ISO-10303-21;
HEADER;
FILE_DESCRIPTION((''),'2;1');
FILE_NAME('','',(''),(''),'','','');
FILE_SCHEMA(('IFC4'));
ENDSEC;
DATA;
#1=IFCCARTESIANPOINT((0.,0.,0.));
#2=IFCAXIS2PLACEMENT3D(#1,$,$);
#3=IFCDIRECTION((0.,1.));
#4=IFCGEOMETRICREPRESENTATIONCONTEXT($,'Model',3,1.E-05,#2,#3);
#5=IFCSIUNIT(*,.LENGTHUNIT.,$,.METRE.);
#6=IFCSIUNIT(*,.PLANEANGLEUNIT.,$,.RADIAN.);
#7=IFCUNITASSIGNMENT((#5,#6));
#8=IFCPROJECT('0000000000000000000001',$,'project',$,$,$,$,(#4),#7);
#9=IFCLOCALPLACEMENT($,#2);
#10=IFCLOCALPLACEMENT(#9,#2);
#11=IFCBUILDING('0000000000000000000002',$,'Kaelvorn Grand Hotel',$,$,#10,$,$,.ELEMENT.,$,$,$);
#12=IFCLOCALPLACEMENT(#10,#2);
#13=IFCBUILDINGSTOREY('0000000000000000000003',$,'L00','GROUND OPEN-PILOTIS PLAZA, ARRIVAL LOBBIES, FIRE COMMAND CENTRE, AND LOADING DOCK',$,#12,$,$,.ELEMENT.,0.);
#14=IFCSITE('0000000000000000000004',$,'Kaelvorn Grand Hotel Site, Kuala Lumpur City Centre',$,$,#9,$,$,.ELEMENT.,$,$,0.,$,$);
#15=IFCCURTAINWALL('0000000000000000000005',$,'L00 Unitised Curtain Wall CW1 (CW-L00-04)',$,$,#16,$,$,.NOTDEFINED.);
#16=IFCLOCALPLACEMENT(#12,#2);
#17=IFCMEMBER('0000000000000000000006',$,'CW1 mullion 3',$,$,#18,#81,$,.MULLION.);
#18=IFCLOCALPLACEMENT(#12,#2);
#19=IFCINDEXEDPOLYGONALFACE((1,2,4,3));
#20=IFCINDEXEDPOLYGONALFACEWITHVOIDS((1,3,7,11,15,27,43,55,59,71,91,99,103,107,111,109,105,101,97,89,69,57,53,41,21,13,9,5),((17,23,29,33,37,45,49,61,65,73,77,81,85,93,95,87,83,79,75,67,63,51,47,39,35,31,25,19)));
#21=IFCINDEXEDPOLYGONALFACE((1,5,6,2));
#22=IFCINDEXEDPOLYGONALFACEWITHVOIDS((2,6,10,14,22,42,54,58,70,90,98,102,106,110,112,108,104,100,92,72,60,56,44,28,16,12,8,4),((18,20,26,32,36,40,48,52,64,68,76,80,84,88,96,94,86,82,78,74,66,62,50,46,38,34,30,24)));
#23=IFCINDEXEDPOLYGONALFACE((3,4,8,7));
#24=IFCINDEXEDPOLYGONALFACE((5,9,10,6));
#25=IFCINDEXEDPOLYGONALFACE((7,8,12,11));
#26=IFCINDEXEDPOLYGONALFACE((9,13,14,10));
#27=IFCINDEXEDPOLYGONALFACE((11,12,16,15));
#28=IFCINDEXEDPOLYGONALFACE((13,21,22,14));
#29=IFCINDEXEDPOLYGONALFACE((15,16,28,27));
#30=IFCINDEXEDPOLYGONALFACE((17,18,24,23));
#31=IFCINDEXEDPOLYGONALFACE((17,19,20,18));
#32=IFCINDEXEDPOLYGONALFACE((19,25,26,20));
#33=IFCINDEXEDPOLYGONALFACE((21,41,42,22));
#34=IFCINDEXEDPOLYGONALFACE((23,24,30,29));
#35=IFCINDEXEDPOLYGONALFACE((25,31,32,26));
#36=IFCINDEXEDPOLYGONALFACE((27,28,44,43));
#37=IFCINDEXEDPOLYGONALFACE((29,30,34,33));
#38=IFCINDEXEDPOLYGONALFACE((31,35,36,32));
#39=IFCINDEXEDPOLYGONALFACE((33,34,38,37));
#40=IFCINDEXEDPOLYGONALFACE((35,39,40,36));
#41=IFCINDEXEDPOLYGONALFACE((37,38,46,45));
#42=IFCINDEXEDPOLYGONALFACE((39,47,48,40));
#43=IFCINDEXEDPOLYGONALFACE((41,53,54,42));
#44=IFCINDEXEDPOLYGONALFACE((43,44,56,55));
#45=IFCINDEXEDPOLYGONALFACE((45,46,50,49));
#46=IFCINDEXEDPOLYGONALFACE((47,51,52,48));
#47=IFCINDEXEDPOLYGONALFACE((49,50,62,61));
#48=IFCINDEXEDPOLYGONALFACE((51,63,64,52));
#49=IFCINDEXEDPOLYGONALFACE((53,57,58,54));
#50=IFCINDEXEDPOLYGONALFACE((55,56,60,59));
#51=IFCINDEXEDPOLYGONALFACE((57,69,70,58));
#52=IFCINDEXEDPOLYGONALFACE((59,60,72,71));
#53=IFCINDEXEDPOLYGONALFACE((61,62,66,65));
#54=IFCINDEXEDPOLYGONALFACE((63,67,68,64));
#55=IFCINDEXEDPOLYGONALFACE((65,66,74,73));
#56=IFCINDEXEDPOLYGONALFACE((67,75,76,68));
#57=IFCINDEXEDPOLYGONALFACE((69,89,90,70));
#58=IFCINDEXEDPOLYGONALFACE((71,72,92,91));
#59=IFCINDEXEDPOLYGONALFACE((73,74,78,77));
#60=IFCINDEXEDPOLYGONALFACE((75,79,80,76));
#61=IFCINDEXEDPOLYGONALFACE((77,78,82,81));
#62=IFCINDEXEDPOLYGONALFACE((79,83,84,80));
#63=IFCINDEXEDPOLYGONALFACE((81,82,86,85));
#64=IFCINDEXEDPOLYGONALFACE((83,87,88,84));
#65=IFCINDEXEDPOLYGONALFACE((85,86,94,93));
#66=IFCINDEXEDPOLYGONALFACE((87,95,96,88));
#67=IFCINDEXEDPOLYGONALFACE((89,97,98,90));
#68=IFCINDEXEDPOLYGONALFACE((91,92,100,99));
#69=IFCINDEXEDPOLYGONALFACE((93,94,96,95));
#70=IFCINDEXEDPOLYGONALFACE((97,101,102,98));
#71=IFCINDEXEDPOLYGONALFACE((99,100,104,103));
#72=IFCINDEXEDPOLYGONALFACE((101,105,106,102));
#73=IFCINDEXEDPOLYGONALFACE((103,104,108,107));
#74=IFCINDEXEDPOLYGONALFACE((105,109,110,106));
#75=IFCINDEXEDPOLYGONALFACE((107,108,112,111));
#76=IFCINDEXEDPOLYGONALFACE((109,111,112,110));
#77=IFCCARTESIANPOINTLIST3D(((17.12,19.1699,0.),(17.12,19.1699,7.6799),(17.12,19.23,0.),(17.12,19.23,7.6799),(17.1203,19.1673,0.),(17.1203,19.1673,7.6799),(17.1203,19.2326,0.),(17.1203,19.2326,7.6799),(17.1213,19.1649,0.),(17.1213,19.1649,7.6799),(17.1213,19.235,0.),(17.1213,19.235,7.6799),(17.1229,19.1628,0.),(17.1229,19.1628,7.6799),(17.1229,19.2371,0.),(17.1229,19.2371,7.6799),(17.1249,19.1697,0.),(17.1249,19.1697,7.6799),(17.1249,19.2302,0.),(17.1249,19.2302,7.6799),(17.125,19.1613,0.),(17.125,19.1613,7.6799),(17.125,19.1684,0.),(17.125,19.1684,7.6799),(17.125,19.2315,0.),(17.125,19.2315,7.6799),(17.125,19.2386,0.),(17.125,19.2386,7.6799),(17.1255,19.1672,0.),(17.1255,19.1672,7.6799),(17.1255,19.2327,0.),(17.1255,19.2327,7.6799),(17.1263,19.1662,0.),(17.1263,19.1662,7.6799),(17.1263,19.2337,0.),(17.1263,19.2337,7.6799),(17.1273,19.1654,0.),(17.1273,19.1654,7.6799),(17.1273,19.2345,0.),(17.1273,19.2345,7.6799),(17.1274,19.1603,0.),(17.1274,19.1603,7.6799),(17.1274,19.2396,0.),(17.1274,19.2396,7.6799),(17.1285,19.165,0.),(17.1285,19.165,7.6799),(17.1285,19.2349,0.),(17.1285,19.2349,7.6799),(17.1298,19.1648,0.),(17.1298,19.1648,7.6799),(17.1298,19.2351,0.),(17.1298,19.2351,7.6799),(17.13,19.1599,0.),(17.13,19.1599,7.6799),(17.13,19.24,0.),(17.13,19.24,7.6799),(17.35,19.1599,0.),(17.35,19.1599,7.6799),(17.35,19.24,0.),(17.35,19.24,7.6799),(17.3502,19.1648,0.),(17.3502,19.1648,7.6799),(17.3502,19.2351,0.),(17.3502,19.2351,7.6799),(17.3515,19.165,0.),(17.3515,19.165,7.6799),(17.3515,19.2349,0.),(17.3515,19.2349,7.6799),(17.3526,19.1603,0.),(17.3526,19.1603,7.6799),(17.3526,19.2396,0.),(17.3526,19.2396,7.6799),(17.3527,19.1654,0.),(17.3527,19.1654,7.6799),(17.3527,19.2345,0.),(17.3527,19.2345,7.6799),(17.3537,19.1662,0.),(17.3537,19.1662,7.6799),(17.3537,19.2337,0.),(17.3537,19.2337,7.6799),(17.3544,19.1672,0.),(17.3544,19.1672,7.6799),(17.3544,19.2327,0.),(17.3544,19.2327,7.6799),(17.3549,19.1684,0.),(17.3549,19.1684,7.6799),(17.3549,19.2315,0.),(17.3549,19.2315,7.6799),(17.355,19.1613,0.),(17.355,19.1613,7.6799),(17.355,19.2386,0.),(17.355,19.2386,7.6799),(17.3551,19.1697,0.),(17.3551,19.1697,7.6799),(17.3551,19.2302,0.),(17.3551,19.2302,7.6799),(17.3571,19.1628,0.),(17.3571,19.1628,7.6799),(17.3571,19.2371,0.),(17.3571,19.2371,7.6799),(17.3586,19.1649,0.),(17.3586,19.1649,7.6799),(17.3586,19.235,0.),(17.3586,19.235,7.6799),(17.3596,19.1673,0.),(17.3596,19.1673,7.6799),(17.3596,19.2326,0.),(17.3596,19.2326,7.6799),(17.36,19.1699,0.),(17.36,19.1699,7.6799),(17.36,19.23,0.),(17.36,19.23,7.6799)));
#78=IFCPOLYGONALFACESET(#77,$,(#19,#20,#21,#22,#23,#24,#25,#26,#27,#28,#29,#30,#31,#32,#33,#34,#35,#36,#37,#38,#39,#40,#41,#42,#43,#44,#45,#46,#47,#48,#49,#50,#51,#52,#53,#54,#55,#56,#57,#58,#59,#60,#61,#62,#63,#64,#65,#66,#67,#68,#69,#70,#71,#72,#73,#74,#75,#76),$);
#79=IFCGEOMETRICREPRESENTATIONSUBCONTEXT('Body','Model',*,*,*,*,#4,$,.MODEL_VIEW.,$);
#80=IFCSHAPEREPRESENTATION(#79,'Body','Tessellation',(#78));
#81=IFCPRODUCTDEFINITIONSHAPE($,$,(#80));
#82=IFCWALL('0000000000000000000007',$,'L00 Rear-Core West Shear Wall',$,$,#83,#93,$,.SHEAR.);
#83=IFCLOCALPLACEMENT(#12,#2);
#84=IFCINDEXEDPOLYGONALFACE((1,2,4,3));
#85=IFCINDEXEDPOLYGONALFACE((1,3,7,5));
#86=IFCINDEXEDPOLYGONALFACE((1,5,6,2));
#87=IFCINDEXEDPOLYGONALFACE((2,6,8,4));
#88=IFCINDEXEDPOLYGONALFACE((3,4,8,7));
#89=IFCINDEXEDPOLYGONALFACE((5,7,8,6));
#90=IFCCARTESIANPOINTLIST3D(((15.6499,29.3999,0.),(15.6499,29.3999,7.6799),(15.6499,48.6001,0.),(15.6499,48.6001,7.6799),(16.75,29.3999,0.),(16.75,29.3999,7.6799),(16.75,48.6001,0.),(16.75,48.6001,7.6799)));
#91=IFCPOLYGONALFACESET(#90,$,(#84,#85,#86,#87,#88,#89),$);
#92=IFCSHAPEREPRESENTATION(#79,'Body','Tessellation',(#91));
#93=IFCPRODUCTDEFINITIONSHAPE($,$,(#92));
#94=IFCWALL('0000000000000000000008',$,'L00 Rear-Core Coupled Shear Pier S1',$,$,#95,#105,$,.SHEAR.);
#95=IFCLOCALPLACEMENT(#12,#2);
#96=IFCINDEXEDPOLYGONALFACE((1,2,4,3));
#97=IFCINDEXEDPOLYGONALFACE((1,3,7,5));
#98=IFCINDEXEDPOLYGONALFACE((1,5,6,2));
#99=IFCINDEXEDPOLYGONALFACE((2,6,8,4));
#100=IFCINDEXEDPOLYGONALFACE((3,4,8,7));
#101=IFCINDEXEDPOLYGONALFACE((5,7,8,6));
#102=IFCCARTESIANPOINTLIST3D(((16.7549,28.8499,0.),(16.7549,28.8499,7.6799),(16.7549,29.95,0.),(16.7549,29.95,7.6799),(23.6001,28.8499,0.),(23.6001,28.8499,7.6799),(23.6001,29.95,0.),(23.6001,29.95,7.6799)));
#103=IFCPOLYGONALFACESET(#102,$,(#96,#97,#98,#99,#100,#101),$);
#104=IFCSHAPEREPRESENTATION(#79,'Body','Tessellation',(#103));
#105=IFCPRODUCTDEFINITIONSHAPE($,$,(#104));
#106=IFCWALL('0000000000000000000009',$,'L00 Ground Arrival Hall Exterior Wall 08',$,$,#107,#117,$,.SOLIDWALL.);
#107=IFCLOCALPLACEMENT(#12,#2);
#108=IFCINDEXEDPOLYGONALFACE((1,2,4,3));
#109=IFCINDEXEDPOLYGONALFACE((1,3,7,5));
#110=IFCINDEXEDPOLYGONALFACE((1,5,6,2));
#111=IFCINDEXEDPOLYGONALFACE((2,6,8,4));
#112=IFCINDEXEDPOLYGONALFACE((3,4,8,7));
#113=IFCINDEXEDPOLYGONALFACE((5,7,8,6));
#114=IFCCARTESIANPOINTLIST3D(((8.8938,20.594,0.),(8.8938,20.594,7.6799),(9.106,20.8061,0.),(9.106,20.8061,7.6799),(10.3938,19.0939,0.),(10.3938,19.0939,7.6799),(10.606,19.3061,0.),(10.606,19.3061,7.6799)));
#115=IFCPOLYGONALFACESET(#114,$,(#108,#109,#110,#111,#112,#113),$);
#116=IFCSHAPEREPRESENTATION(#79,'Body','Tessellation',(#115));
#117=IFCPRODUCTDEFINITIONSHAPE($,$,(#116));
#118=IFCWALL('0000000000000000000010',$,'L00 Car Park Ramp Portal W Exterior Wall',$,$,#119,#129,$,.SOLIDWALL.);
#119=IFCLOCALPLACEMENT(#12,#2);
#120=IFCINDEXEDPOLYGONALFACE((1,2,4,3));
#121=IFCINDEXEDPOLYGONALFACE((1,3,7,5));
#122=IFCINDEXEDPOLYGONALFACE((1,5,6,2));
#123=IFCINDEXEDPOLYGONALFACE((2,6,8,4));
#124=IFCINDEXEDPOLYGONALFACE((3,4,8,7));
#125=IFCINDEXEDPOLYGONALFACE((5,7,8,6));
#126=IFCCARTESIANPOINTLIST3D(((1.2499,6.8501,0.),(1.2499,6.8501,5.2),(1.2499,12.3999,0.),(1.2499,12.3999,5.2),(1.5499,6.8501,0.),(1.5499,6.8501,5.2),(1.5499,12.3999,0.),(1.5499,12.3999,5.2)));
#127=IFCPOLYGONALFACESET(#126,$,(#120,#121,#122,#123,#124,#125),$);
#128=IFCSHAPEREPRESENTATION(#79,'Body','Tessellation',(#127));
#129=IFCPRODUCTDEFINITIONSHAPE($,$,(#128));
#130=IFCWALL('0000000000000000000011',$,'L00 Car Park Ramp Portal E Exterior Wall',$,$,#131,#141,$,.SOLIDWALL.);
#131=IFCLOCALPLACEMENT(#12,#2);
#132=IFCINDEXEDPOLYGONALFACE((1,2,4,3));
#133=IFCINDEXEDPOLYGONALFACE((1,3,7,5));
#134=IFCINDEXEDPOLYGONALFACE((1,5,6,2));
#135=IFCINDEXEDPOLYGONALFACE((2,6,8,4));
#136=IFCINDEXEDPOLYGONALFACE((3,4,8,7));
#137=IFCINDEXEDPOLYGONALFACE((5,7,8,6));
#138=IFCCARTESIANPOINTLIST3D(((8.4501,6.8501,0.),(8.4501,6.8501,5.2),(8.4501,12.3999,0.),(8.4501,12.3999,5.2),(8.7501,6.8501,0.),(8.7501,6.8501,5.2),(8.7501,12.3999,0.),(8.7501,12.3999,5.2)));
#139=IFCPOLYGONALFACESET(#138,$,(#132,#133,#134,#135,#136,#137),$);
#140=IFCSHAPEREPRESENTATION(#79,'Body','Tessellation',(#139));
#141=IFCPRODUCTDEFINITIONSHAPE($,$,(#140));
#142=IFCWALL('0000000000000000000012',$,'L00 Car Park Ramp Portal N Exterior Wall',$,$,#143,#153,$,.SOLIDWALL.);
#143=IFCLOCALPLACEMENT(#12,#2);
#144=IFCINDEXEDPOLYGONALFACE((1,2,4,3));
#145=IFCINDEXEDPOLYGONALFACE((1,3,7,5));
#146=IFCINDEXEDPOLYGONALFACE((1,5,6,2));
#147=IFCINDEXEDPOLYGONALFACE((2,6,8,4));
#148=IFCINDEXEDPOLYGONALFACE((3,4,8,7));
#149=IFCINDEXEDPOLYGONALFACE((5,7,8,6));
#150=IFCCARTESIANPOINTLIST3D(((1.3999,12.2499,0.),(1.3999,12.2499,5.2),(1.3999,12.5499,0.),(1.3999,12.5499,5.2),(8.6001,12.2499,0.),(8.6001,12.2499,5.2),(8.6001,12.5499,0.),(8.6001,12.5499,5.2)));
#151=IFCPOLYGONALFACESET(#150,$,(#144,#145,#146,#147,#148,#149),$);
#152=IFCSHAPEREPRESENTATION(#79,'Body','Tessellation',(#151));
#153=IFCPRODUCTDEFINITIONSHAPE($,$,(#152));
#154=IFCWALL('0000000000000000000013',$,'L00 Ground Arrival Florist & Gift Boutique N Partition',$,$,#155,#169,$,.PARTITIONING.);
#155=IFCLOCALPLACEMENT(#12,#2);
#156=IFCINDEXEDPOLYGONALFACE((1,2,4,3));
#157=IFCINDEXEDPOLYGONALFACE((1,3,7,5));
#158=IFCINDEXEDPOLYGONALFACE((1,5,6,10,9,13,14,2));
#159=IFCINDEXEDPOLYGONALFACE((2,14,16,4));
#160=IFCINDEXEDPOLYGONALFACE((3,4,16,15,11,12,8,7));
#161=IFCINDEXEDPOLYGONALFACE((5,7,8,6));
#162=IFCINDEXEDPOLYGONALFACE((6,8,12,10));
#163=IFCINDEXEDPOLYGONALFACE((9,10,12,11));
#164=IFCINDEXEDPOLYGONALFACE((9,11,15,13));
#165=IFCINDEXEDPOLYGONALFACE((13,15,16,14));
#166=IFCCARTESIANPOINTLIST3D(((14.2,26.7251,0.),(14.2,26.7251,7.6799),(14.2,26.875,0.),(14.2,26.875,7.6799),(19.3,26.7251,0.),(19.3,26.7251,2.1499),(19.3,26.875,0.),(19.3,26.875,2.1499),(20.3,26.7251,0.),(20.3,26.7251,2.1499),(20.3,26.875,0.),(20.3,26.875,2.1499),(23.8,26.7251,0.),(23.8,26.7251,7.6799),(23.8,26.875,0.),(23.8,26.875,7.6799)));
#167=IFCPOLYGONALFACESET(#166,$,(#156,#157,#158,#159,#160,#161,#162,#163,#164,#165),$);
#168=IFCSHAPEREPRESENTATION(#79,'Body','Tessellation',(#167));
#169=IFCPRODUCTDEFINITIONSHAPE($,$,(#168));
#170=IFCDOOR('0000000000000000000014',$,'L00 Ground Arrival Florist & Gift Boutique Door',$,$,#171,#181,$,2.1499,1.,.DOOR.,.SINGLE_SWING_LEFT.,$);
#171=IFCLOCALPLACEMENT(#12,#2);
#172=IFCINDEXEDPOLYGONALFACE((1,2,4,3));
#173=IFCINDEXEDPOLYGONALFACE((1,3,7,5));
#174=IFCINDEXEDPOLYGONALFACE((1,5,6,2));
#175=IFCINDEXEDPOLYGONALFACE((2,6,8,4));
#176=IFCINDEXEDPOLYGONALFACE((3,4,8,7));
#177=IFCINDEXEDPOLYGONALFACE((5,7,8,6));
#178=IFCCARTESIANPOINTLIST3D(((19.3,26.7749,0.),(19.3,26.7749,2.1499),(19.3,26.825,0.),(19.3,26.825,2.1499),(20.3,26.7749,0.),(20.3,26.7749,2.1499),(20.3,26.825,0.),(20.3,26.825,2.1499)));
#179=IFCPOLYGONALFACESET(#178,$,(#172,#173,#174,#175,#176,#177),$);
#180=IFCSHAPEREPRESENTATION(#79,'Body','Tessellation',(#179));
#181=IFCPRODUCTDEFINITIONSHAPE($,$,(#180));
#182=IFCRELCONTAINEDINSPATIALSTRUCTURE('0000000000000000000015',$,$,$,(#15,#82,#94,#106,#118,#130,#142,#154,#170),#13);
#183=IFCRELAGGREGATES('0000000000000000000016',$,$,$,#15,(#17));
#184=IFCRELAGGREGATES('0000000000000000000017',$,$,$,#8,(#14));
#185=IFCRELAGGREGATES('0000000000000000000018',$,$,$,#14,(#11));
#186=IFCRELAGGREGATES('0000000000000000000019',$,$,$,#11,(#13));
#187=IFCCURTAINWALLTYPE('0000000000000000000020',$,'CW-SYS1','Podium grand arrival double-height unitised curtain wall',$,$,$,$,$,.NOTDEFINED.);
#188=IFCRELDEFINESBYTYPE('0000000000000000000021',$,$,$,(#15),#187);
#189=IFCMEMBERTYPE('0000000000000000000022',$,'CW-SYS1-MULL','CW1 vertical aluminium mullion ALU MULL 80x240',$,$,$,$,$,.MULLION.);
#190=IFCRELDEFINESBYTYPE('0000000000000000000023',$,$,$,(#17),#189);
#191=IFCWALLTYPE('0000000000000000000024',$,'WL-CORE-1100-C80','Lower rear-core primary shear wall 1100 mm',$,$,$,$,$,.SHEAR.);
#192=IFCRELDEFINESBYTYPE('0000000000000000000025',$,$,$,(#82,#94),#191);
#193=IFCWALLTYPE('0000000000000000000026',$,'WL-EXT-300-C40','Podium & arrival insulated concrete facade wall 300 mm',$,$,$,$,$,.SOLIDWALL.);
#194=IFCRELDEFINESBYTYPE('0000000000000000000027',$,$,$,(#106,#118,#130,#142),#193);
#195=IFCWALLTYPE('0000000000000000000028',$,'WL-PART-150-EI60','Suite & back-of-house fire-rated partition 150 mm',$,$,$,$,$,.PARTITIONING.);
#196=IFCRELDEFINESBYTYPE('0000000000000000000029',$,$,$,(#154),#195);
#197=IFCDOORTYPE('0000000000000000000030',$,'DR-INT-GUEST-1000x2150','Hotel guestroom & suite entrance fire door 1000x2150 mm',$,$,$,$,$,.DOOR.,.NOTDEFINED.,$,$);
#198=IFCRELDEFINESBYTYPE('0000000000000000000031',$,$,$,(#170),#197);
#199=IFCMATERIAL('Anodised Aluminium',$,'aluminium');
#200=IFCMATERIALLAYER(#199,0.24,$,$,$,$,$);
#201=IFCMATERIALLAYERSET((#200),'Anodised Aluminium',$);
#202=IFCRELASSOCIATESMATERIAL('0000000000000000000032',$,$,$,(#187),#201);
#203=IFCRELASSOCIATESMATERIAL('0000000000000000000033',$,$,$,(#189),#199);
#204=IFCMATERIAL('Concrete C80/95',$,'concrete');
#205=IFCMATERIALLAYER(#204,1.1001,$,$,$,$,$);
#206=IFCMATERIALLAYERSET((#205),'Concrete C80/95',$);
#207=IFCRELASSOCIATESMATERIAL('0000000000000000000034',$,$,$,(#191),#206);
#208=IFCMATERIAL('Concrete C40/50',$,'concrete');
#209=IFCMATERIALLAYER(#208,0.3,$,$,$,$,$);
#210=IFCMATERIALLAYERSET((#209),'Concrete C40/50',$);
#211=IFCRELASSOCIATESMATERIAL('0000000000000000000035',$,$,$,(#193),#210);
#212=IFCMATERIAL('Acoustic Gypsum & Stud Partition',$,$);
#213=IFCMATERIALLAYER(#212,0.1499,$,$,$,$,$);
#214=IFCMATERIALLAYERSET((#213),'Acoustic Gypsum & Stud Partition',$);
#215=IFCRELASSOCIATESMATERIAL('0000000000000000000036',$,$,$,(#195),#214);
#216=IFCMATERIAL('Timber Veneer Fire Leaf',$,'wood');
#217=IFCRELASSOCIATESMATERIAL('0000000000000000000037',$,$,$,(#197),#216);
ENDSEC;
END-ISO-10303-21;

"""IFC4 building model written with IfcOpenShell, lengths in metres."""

from ifc_helpers import new_model, si_unit, direction, frame, frame_2d, origin, origin_2d, place, context, subcontext, project, spatial, rectangle, hollow_rectangle, extrude, material, layer, layer_set, material_profile, profile_set, type_object, element, fill, aggregate, save


model = new_model("IFC4")

# Units and contexts
model_context = context("Model", 3, precision=1e-05, world=origin(), true_north=direction((0.0, 1.0)))
body_context = subcontext(model_context, "Body", "Model", "MODEL_VIEW")
ifc_project = project(units=[si_unit("LENGTHUNIT", "METRE"), si_unit("PLANEANGLEUNIT", "RADIAN")], contexts=[model_context])

# Site, building, storey
site_placement = place(None, origin())
site = spatial("IfcSite", under=ifc_project, at=site_placement, Name="Kaelvorn Grand Hotel Site, Kuala Lumpur City Centre", CompositionType="ELEMENT", RefElevation=0.0)
building_placement = place(site_placement, origin())
building = spatial("IfcBuilding", under=site, at=building_placement, Name="Kaelvorn Grand Hotel", CompositionType="ELEMENT")
storey_placement = place(building_placement, origin())
storey = spatial("IfcBuildingStorey", under=building, at=storey_placement, Name="L00", Description="GROUND OPEN-PILOTIS PLAZA, ARRIVAL LOBBIES, FIRE COMMAND CENTRE, AND LOADING DOCK", CompositionType="ELEMENT", Elevation=0.0)

# Shared definitions
ifc_material_1 = material(Name="Concrete C80/95", Category="concrete")

# Curtain wall, member
ifc_material_2 = material(Name="Anodised Aluminium", Category="aluminium")
ifc_layer_1 = layer(ifc_material_2, 0.24)
ifc_layer_set_1 = layer_set([ifc_layer_1], Name="Anodised Aluminium")
curtain_wall_type = type_object("IfcCurtainWallType", Name="CW-SYS1", Description="Podium grand arrival double-height unitised curtain wall", PredefinedType="NOTDEFINED", material=ifc_layer_set_1)
curtain_wall_placement = place(storey_placement, origin())
curtain_wall = element("IfcCurtainWall", 1, at=curtain_wall_placement, inside=storey, type_object=curtain_wall_type, Name="L00 Unitised Curtain Wall CW1 (CW-L00-04)", PredefinedType="NOTDEFINED")
ifc_material_profile_1 = material_profile(ifc_material_2, hollow_rectangle(XDim=0.0801, YDim=0.24, WallThickness=0.0049, InnerFilletRadius=0.0049, OuterFilletRadius=0.01, at=origin_2d()), Name="ALU MULL 80x240")
ifc_profile_set_1 = profile_set([ifc_material_profile_1], Name="Anodised Aluminium")
member_type = type_object("IfcMemberType", Name="CW-SYS1-MULL", Description="CW1 vertical aluminium mullion ALU MULL 80x240", PredefinedType="MULLION", material=ifc_profile_set_1)
member_placement = place(storey_placement, frame((17.24, 19.2, 0.0), z_axis=(0.0, 0.0, 1.0), x_axis=(0.0, -1.0, 0.0)))
member = element("IfcMember", 2, at=member_placement, type_object=member_type, Name="CW1 mullion 3", PredefinedType="MULLION", context=body_context, shape_type="SweptSolid", body=[
    extrude(hollow_rectangle(XDim=0.0801, YDim=0.24, WallThickness=0.0049, InnerFilletRadius=0.0049, OuterFilletRadius=0.01, at=origin_2d()), origin(), (0.0, 0.0, 1.0), 7.6799),
])
aggregate(curtain_wall, [member])

# Walls
ifc_layer_2 = layer(ifc_material_1, 1.1001)
ifc_layer_set_2 = layer_set([ifc_layer_2], Name="Concrete C80/95")
wall_type_1 = type_object("IfcWallType", Name="WL-CORE-1100-C80", Description="Lower rear-core primary shear wall 1100 mm", PredefinedType="SHEAR", material=ifc_layer_set_2)
wall_1_placement = place(storey_placement, frame((16.2, 29.3999, 0.0), z_axis=(0.0, 0.0, 1.0), x_axis=(0.0, 1.0, 0.0)))
element("IfcWall", 3, at=wall_1_placement, inside=storey, type_object=wall_type_1, Name="L00 Rear-Core West Shear Wall", PredefinedType="SHEAR", context=body_context, shape_type="SweptSolid", body=[
    extrude(rectangle(XDim=19.2002, YDim=1.1001, at=frame_2d((9.6001, 0.0))), origin(), (0.0, 0.0, 1.0), 7.6799),
])
wall_2_placement = place(storey_placement, frame((16.7549, 29.3999, 0.0), z_axis=(0.0, 0.0, 1.0), x_axis=(1.0, 0.0, 0.0)))
element("IfcWall", 4, at=wall_2_placement, inside=storey, type_object=wall_type_1, Name="L00 Rear-Core Coupled Shear Pier S1", PredefinedType="SHEAR", context=body_context, shape_type="SweptSolid", body=[
    extrude(rectangle(XDim=6.8452, YDim=1.1001, at=frame_2d((3.4226, 0.0))), origin(), (0.0, 0.0, 1.0), 7.6799),
])

# Shared definitions
ifc_material_3 = material(Name="Concrete C40/50", Category="concrete")
ifc_layer_3 = layer(ifc_material_3, 0.3)
ifc_layer_set_3 = layer_set([ifc_layer_3], Name="Concrete C40/50")
wall_type_2 = type_object("IfcWallType", Name="WL-EXT-300-C40", Description="Podium & arrival insulated concrete facade wall 300 mm", PredefinedType="SOLIDWALL", material=ifc_layer_set_3)

# Walls
wall_3_placement = place(storey_placement, frame((9.0, 20.7, 0.0), z_axis=(0.0, 0.0, 1.0), x_axis=(0.707107, -0.707107, 0.0)))
element("IfcWall", 5, at=wall_3_placement, inside=storey, type_object=wall_type_2, Name="L00 Ground Arrival Hall Exterior Wall 08", PredefinedType="SOLIDWALL", context=body_context, shape_type="SweptSolid", body=[
    extrude(rectangle(XDim=2.1213, YDim=0.3, at=frame_2d((1.0605, 0.0))), origin(), (0.0, 0.0, 1.0), 7.6799),
])
for number, where, z_axis, x_axis, name in (
    (6, (1.3999, 12.3999, 0.0), (0.0, 0.0, 1.0), (0.0, -1.0, 0.0), "L00 Car Park Ramp Portal W Exterior Wall"),
    (7, (8.6001, 6.8501, 0.0), (0.0, 0.0, 1.0), (0.0, 1.0, 0.0), "L00 Car Park Ramp Portal E Exterior Wall"),
):
    element("IfcWall", number, at=place(storey_placement, frame(where, z_axis=z_axis, x_axis=x_axis)), inside=storey, type_object=wall_type_2, Name=name, PredefinedType="SOLIDWALL", context=body_context, shape_type="SweptSolid", body=[
        extrude(rectangle(XDim=5.5498, YDim=0.3, at=frame_2d((2.7749, 0.0))), origin(), (0.0, 0.0, 1.0), 5.2),
    ])
wall_4_placement = place(storey_placement, frame((1.3999, 12.3999, 0.0), z_axis=(0.0, 0.0, 1.0), x_axis=(1.0, 0.0, 0.0)))
element("IfcWall", 8, at=wall_4_placement, inside=storey, type_object=wall_type_2, Name="L00 Car Park Ramp Portal N Exterior Wall", PredefinedType="SOLIDWALL", context=body_context, shape_type="SweptSolid", body=[
    extrude(rectangle(XDim=7.2002, YDim=0.3, at=frame_2d((3.6001, 0.0))), origin(), (0.0, 0.0, 1.0), 5.2),
])

# Wall, opening, door
ifc_material_4 = material(Name="Acoustic Gypsum & Stud Partition")
ifc_layer_4 = layer(ifc_material_4, 0.1499)
ifc_layer_set_4 = layer_set([ifc_layer_4], Name="Acoustic Gypsum & Stud Partition")
wall_type_3 = type_object("IfcWallType", Name="WL-PART-150-EI60", Description="Suite & back-of-house fire-rated partition 150 mm", PredefinedType="PARTITIONING", material=ifc_layer_set_4)
wall_5_placement = place(storey_placement, frame((14.2, 26.8, 0.0), z_axis=(0.0, 0.0, 1.0), x_axis=(1.0, 0.0, 0.0)))
wall_5 = element("IfcWall", 9, at=wall_5_placement, inside=storey, type_object=wall_type_3, Name="L00 Ground Arrival Florist & Gift Boutique N Partition", PredefinedType="PARTITIONING", context=body_context, shape_type="SweptSolid", body=[
    extrude(rectangle(XDim=9.6001, YDim=0.1499, at=frame_2d((4.8, 0.0))), origin(), (0.0, 0.0, 1.0), 7.6799),
])
opening_1_placement = place(wall_5_placement, frame((5.1001, 0.0, 0.0)))
opening_1 = element("IfcOpeningElement", 10, at=opening_1_placement, cuts=wall_5, PredefinedType="OPENING", context=body_context, shape_type="SweptSolid", body=[
    extrude(rectangle(XDim=1.0, YDim=2.1499, at=frame_2d((0.5, 1.075))), frame((0.0, 0.085, 0.0), z_axis=(0.0, -1.0, 0.0), x_axis=(1.0, 0.0, 0.0)), (0.0, 0.0, 1.0), 0.1699),
])
ifc_material_5 = material(Name="Timber Veneer Fire Leaf", Category="wood")
door_type_1 = type_object("IfcDoorType", Name="DR-INT-GUEST-1000x2150", Description="Hotel guestroom & suite entrance fire door 1000x2150 mm", OperationType="NOTDEFINED", PredefinedType="DOOR", material=ifc_material_5)
door_1_placement = place(opening_1_placement, origin())
door_1 = element("IfcDoor", 11, at=door_1_placement, inside=storey, type_object=door_type_1, Name="L00 Ground Arrival Florist & Gift Boutique Door", OperationType="SINGLE_SWING_LEFT", OverallHeight=2.1499, OverallWidth=1.0, PredefinedType="DOOR", context=body_context, shape_type="SweptSolid", body=[
    extrude(rectangle(XDim=1.0, YDim=2.1499, at=frame_2d((0.5, 1.075))), frame((0.0, 0.0249, 0.0), z_axis=(0.0, -1.0, 0.0), x_axis=(1.0, 0.0, 0.0)), (0.0, 0.0, 1.0), 0.05),
])
fill(opening_1, door_1)

save(model, "model.ifc")
